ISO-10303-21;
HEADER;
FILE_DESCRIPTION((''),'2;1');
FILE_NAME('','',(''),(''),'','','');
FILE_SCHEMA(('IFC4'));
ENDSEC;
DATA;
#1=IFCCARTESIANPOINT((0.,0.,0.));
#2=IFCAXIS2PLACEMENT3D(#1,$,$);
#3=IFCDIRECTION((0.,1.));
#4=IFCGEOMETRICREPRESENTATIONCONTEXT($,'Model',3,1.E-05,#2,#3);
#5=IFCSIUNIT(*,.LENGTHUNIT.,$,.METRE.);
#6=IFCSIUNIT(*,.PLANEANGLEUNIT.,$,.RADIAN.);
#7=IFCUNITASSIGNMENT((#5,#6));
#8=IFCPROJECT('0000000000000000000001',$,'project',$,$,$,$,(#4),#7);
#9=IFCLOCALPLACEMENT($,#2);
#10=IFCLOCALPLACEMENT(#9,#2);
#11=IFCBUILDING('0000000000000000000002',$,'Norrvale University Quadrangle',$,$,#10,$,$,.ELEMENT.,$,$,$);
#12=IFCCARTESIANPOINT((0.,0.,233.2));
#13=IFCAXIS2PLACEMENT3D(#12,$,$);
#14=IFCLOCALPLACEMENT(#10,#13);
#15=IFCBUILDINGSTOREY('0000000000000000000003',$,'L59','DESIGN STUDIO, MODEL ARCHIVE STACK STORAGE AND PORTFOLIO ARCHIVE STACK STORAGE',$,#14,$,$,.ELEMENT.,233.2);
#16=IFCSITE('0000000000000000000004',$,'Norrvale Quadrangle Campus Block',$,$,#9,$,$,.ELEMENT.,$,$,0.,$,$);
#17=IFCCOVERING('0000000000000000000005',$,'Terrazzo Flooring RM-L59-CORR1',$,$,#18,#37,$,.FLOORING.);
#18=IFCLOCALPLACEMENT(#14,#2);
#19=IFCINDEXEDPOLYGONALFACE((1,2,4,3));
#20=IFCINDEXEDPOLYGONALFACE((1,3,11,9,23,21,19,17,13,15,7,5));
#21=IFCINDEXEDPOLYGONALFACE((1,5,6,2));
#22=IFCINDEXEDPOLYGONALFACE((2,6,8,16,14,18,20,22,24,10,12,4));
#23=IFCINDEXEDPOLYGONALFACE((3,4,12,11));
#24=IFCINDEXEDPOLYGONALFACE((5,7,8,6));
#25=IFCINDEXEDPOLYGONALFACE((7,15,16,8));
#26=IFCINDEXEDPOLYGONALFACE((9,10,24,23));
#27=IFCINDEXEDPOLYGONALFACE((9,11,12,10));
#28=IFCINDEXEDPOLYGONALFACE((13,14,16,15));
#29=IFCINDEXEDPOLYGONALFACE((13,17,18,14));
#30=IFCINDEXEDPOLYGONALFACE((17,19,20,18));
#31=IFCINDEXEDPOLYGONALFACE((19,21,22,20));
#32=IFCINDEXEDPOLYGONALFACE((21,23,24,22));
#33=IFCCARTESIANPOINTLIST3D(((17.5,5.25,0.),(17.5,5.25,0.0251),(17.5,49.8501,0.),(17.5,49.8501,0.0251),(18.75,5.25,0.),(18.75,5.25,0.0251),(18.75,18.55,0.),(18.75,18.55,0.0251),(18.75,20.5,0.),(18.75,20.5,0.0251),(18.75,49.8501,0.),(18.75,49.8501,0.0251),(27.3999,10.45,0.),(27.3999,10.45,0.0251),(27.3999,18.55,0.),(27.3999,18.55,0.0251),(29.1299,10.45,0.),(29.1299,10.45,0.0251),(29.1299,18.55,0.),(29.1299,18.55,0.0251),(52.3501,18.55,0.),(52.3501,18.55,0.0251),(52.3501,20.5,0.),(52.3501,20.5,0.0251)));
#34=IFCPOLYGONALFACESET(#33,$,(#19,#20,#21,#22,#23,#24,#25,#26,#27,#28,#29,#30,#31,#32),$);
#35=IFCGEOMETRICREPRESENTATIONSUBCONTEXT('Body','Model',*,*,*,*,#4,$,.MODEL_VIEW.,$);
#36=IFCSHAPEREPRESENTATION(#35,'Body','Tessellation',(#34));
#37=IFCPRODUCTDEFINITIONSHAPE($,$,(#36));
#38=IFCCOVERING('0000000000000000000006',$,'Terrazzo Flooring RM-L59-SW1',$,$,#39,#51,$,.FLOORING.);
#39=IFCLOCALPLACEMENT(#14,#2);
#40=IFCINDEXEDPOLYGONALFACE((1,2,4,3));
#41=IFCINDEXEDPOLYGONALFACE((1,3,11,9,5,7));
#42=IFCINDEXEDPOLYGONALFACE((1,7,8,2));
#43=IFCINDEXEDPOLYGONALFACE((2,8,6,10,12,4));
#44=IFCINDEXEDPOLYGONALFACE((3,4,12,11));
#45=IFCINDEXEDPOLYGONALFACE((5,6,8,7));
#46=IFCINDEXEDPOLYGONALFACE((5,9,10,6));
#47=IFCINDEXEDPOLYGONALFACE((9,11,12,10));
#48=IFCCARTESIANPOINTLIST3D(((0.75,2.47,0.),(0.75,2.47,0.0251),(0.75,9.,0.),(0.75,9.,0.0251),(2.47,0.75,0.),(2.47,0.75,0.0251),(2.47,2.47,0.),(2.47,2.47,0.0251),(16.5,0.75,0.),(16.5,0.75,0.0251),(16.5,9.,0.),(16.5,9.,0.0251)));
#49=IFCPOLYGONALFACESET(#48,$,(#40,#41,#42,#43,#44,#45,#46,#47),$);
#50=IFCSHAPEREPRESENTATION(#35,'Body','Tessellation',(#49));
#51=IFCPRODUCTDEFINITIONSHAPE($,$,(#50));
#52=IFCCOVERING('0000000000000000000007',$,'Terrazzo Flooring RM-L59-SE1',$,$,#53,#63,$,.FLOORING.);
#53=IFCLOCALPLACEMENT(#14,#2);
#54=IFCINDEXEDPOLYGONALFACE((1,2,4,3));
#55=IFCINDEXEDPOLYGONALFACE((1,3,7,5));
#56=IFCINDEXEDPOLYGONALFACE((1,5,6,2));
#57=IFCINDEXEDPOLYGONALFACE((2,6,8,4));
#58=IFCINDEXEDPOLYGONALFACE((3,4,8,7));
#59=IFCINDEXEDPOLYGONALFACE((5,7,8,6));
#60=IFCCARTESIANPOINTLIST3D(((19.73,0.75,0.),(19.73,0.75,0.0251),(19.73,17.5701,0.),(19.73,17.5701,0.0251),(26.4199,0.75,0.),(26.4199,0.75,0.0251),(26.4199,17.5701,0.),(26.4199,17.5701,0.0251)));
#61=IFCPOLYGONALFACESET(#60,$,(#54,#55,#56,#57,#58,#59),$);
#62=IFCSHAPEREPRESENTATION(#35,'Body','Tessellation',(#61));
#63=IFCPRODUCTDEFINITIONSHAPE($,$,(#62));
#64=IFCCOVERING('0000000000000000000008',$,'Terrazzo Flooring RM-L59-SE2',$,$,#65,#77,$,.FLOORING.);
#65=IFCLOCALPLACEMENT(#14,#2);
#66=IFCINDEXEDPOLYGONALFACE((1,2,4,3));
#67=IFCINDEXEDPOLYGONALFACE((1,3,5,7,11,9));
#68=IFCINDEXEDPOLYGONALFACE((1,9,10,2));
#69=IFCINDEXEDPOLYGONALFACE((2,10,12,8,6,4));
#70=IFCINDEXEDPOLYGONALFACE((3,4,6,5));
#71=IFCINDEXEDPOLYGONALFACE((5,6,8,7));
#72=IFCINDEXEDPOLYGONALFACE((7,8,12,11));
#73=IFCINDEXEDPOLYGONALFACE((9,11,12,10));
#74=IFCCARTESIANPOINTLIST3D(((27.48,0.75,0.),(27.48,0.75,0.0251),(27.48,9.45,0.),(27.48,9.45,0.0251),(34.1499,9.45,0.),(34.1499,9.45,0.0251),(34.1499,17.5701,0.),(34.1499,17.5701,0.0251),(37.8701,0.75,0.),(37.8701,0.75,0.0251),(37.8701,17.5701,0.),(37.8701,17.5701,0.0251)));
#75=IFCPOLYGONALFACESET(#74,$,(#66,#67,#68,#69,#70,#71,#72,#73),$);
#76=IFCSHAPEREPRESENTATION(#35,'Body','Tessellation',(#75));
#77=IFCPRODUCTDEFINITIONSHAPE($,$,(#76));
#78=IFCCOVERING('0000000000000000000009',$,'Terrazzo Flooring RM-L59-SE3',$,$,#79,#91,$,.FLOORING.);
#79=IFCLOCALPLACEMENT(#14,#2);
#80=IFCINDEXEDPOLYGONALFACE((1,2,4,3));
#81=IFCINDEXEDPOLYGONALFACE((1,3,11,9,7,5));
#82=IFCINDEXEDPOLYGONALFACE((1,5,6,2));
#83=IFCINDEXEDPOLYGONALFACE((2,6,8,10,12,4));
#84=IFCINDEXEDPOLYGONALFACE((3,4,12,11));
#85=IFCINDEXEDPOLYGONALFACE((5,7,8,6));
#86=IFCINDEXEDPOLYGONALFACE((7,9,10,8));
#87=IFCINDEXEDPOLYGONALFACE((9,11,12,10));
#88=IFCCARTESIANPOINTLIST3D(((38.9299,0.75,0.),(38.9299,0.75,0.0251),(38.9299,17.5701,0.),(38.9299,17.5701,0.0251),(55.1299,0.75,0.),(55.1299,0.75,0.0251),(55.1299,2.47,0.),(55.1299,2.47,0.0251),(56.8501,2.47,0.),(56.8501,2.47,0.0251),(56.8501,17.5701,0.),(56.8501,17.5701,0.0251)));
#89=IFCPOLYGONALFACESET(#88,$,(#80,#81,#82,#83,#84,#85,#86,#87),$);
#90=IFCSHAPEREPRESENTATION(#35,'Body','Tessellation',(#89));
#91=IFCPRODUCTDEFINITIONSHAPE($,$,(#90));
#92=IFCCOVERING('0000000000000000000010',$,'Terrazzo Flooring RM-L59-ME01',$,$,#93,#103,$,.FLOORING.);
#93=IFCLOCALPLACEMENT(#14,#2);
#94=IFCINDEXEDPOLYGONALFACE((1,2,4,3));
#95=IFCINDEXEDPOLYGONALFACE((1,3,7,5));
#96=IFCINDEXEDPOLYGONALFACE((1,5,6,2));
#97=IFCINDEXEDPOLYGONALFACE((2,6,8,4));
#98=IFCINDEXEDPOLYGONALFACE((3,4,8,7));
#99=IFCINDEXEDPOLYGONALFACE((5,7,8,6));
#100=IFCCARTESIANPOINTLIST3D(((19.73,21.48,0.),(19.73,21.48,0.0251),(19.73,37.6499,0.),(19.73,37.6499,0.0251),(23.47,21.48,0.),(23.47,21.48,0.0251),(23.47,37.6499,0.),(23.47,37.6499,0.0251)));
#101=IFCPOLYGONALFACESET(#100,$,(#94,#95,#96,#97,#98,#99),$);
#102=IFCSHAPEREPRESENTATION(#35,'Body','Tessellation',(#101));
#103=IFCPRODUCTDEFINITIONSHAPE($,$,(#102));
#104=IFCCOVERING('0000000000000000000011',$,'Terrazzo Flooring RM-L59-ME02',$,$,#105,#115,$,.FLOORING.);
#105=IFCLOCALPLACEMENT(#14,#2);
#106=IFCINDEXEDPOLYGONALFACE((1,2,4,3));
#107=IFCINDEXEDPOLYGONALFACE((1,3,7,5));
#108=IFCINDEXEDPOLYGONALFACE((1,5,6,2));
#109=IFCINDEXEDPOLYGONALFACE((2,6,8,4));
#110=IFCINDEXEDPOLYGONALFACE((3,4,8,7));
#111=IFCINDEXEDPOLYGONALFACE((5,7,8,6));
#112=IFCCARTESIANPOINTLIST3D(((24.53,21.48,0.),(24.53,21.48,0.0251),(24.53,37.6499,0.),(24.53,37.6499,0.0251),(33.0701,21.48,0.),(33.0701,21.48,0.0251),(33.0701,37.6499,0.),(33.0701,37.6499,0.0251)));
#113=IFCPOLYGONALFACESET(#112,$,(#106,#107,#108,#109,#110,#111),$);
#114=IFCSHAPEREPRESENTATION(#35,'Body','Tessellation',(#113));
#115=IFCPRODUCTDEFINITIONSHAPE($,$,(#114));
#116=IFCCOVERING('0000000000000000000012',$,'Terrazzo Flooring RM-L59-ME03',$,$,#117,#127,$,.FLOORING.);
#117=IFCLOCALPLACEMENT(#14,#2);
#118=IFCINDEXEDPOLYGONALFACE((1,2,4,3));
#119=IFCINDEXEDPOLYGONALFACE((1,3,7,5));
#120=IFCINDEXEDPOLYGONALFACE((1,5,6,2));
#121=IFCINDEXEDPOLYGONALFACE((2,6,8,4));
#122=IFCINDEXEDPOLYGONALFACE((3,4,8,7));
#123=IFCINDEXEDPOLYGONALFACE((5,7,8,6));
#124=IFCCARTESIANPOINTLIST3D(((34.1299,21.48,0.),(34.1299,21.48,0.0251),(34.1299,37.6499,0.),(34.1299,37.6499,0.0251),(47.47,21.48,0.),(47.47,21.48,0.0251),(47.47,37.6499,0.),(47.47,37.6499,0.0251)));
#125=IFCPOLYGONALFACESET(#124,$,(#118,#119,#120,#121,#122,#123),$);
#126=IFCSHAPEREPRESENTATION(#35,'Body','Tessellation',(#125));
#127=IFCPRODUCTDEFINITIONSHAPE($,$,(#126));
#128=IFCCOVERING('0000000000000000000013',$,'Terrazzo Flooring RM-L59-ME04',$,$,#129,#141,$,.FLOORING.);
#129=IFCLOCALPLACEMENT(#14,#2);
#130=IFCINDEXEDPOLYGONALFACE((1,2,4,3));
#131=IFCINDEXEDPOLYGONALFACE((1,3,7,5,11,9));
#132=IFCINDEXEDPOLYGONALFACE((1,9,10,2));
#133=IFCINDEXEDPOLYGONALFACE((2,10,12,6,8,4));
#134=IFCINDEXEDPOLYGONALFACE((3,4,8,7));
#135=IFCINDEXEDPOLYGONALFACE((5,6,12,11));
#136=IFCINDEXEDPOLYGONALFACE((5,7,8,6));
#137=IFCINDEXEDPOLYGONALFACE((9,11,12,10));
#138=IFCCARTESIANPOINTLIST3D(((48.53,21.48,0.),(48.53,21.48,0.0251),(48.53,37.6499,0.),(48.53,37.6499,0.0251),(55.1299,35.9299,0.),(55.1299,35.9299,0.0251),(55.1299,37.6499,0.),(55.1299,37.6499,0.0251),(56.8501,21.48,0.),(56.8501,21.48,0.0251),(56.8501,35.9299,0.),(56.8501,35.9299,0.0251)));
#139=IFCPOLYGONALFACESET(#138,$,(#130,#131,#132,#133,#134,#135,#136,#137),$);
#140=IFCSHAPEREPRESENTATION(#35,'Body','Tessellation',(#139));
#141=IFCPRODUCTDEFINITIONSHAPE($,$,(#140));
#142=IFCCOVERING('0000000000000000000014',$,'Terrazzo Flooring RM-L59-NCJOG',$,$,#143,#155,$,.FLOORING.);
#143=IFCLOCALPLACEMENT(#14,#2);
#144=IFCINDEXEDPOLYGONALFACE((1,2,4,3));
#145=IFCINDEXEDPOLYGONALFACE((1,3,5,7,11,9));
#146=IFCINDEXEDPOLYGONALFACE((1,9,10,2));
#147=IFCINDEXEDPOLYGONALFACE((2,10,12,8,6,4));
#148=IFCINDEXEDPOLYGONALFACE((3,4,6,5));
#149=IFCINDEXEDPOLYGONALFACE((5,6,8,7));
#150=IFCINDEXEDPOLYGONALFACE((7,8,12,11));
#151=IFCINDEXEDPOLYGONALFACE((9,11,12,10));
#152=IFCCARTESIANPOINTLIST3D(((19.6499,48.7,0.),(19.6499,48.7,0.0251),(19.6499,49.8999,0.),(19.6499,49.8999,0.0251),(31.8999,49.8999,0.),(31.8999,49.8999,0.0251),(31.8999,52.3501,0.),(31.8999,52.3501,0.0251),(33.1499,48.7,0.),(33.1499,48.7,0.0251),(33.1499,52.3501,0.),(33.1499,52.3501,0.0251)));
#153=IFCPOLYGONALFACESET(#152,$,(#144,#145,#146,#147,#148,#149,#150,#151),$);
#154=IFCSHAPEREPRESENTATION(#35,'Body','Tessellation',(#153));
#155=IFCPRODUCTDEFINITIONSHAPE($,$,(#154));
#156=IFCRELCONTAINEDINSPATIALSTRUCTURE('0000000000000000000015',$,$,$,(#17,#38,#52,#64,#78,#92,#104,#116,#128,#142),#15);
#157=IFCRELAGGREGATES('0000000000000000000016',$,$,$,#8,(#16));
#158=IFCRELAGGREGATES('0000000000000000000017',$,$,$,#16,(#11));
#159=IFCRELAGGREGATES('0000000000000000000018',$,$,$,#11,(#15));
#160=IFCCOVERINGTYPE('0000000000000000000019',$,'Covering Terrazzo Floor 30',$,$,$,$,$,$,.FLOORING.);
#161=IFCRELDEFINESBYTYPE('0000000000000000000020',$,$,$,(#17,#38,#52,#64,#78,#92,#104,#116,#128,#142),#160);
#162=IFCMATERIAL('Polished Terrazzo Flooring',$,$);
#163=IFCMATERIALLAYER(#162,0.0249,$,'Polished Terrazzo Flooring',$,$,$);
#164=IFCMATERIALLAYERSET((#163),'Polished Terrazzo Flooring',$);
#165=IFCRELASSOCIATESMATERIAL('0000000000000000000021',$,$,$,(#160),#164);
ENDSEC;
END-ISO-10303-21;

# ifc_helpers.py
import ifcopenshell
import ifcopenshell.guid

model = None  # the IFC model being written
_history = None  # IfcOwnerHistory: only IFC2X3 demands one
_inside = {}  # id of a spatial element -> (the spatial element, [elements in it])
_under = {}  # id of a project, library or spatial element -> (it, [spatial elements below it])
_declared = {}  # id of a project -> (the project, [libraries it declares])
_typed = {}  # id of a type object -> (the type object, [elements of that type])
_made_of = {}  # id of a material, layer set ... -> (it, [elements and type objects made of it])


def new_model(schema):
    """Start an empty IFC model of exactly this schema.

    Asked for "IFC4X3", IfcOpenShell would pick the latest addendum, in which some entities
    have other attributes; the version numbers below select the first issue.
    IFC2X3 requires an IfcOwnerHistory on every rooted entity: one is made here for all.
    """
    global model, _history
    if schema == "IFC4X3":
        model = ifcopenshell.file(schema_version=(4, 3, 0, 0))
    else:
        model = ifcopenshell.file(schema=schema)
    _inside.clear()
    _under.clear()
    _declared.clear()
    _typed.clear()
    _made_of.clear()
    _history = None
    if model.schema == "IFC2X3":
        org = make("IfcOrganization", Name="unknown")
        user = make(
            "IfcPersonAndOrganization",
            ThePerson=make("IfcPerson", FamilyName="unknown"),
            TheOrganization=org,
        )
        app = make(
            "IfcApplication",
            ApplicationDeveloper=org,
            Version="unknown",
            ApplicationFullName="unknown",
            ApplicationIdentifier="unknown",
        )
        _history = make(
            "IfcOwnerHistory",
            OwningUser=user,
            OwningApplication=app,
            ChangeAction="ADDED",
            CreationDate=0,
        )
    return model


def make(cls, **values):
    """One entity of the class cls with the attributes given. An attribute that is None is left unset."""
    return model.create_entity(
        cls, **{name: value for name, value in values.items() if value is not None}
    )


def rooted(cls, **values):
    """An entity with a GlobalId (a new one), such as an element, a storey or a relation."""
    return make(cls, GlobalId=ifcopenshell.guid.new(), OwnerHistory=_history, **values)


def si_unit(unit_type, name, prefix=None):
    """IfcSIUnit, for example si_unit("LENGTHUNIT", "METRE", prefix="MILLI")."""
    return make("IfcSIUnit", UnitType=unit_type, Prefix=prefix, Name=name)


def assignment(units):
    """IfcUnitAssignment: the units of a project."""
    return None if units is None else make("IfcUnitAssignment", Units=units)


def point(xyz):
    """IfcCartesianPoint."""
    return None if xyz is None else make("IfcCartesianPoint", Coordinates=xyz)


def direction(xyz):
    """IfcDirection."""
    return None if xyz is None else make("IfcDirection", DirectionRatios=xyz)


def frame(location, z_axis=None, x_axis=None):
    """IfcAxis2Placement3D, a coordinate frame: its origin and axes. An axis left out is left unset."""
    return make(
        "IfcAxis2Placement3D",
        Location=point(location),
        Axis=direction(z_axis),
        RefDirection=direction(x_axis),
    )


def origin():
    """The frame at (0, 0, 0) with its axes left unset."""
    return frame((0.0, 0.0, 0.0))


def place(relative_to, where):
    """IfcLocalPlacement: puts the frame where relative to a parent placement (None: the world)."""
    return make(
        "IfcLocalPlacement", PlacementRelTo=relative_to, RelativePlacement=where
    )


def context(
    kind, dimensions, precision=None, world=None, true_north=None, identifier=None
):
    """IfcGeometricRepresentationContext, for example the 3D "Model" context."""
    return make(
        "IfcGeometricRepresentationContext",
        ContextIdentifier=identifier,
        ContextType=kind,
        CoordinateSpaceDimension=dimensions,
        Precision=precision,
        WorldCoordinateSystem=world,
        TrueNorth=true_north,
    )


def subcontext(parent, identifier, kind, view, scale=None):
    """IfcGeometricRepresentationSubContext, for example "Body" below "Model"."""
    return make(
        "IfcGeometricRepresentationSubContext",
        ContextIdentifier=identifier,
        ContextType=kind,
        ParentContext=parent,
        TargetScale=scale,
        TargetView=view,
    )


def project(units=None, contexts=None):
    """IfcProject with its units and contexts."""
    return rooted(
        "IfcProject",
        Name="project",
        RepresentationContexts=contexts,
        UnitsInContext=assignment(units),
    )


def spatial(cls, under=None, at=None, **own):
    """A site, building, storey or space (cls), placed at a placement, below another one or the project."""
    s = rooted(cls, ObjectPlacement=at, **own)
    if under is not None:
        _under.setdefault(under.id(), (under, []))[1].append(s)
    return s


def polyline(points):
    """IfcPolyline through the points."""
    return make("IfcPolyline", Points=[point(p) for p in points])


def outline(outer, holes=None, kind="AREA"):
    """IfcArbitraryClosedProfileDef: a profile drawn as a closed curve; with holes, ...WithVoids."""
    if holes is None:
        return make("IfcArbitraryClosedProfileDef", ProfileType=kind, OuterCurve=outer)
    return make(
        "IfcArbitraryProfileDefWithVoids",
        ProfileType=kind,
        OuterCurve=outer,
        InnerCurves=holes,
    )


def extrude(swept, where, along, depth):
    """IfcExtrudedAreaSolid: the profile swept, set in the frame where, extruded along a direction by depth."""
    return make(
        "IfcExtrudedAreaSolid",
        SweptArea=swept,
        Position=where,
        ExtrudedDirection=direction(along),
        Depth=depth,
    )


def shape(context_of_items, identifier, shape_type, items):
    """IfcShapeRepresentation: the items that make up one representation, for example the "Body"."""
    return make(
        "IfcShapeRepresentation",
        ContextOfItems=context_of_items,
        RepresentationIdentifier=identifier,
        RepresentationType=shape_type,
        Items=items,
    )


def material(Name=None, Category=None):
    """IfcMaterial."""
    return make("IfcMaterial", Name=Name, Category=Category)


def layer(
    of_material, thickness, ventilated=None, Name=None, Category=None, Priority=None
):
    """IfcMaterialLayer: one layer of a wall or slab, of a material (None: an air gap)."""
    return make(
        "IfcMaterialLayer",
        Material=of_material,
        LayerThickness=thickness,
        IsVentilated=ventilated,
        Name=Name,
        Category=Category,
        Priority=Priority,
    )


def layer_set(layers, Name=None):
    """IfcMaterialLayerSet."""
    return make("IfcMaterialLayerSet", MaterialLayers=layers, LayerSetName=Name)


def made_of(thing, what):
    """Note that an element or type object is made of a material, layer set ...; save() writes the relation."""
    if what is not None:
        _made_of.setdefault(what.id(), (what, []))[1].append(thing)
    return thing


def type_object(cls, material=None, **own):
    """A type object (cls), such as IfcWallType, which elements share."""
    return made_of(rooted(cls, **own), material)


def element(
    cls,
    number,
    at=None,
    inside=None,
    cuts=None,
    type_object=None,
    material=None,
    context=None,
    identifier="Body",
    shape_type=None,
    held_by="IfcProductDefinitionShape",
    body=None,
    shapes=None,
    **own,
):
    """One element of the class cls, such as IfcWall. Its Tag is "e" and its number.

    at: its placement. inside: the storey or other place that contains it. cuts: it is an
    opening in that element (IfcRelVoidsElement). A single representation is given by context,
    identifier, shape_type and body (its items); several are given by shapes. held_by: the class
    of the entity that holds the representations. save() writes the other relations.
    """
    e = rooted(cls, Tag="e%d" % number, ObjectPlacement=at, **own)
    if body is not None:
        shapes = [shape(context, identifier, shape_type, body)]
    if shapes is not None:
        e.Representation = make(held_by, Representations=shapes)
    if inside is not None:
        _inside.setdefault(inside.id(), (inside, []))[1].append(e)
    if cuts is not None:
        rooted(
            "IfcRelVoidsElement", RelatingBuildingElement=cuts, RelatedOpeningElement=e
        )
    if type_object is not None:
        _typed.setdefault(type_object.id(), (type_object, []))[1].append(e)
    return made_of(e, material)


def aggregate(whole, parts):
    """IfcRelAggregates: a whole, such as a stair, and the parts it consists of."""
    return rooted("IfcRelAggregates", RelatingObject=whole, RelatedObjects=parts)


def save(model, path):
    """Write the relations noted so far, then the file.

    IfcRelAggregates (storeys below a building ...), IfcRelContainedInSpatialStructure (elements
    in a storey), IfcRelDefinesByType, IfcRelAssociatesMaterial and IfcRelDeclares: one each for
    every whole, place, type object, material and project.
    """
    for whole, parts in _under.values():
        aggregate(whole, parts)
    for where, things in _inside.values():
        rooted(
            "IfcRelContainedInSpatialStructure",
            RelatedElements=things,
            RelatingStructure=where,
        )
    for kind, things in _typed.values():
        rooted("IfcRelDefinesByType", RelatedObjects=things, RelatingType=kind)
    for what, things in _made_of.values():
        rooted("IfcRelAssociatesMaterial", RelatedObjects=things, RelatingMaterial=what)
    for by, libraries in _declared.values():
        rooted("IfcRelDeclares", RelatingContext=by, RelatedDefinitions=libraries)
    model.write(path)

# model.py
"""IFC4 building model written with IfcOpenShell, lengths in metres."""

from ifc_helpers import new_model, si_unit, direction, frame, origin, place, context, subcontext, project, spatial, polyline, outline, extrude, material, layer, layer_set, type_object, element, save


model = new_model("IFC4")

# Units and contexts
model_context = context("Model", 3, precision=1e-05, world=origin(), true_north=direction((0.0, 1.0)))
body_context = subcontext(model_context, "Body", "Model", "MODEL_VIEW")
ifc_project = project(units=[si_unit("LENGTHUNIT", "METRE"), si_unit("PLANEANGLEUNIT", "RADIAN")], contexts=[model_context])

# Site, building, storey
site_placement = place(None, origin())
site = spatial("IfcSite", under=ifc_project, at=site_placement, Name="Norrvale Quadrangle Campus Block", CompositionType="ELEMENT", RefElevation=0.0)
building_placement = place(site_placement, origin())
building = spatial("IfcBuilding", under=site, at=building_placement, Name="Norrvale University Quadrangle", CompositionType="ELEMENT")
storey_placement = place(building_placement, frame((0.0, 0.0, 233.2)))
storey = spatial("IfcBuildingStorey", under=building, at=storey_placement, Name="L59", Description="DESIGN STUDIO, MODEL ARCHIVE STACK STORAGE AND PORTFOLIO ARCHIVE STACK STORAGE", CompositionType="ELEMENT", Elevation=233.2)

# Coverings
ifc_material_1 = material(Name="Polished Terrazzo Flooring")
ifc_layer_1 = layer(ifc_material_1, 0.0249, Name="Polished Terrazzo Flooring")
ifc_layer_set_1 = layer_set([ifc_layer_1], Name="Polished Terrazzo Flooring")
covering_type_1 = type_object("IfcCoveringType", Name="Covering Terrazzo Floor 30", PredefinedType="FLOORING", material=ifc_layer_set_1)
covering_1_placement = place(storey_placement, origin())
element("IfcCovering", 1, at=covering_1_placement, inside=storey, type_object=covering_type_1, Name="Terrazzo Flooring RM-L59-CORR1", PredefinedType="FLOORING", context=body_context, shape_type="SweptSolid", body=[
    extrude(outline(polyline([(17.5, 5.25), (17.5, 49.8501), (18.75, 49.8501), (18.75, 20.5), (52.3501, 20.5), (52.3501, 18.55), (29.1299, 18.55), (29.1299, 10.45), (27.3999, 10.45), (27.3999, 18.55), (18.75, 18.55), (18.75, 5.25), (17.5, 5.25)])), origin(), (0.0, 0.0, 1.0), 0.0251),
])
covering_2_placement = place(storey_placement, origin())
element("IfcCovering", 2, at=covering_2_placement, inside=storey, type_object=covering_type_1, Name="Terrazzo Flooring RM-L59-SW1", PredefinedType="FLOORING", context=body_context, shape_type="SweptSolid", body=[
    extrude(outline(polyline([(0.75, 9.0), (16.5, 9.0), (16.5, 0.75), (2.47, 0.75), (2.47, 2.47), (0.75, 2.47), (0.75, 9.0)])), origin(), (0.0, 0.0, 1.0), 0.0251),
])
covering_3_placement = place(storey_placement, origin())
element("IfcCovering", 3, at=covering_3_placement, inside=storey, type_object=covering_type_1, Name="Terrazzo Flooring RM-L59-SE1", PredefinedType="FLOORING", context=body_context, shape_type="SweptSolid", body=[
    extrude(outline(polyline([(19.73, 17.5701), (26.4199, 17.5701), (26.4199, 0.75), (19.73, 0.75), (19.73, 17.5701)])), origin(), (0.0, 0.0, 1.0), 0.0251),
])
covering_4_placement = place(storey_placement, origin())
element("IfcCovering", 4, at=covering_4_placement, inside=storey, type_object=covering_type_1, Name="Terrazzo Flooring RM-L59-SE2", PredefinedType="FLOORING", context=body_context, shape_type="SweptSolid", body=[
    extrude(outline(polyline([(27.48, 9.45), (34.1499, 9.45), (34.1499, 17.5701), (37.8701, 17.5701), (37.8701, 0.75), (27.48, 0.75), (27.48, 9.45)])), origin(), (0.0, 0.0, 1.0), 0.0251),
])
covering_5_placement = place(storey_placement, origin())
element("IfcCovering", 5, at=covering_5_placement, inside=storey, type_object=covering_type_1, Name="Terrazzo Flooring RM-L59-SE3", PredefinedType="FLOORING", context=body_context, shape_type="SweptSolid", body=[
    extrude(outline(polyline([(38.9299, 0.75), (38.9299, 17.5701), (56.8501, 17.5701), (56.8501, 2.47), (55.1299, 2.47), (55.1299, 0.75), (38.9299, 0.75)])), origin(), (0.0, 0.0, 1.0), 0.0251),
])
covering_6_placement = place(storey_placement, origin())
element("IfcCovering", 6, at=covering_6_placement, inside=storey, type_object=covering_type_1, Name="Terrazzo Flooring RM-L59-ME01", PredefinedType="FLOORING", context=body_context, shape_type="SweptSolid", body=[
    extrude(outline(polyline([(19.73, 37.6499), (23.47, 37.6499), (23.47, 21.48), (19.73, 21.48), (19.73, 37.6499)])), origin(), (0.0, 0.0, 1.0), 0.0251),
])
covering_7_placement = place(storey_placement, origin())
element("IfcCovering", 7, at=covering_7_placement, inside=storey, type_object=covering_type_1, Name="Terrazzo Flooring RM-L59-ME02", PredefinedType="FLOORING", context=body_context, shape_type="SweptSolid", body=[
    extrude(outline(polyline([(24.53, 37.6499), (33.0701, 37.6499), (33.0701, 21.48), (24.53, 21.48), (24.53, 37.6499)])), origin(), (0.0, 0.0, 1.0), 0.0251),
])
covering_8_placement = place(storey_placement, origin())
element("IfcCovering", 8, at=covering_8_placement, inside=storey, type_object=covering_type_1, Name="Terrazzo Flooring RM-L59-ME03", PredefinedType="FLOORING", context=body_context, shape_type="SweptSolid", body=[
    extrude(outline(polyline([(34.1299, 37.6499), (47.47, 37.6499), (47.47, 21.48), (34.1299, 21.48), (34.1299, 37.6499)])), origin(), (0.0, 0.0, 1.0), 0.0251),
])
covering_9_placement = place(storey_placement, origin())
element("IfcCovering", 9, at=covering_9_placement, inside=storey, type_object=covering_type_1, Name="Terrazzo Flooring RM-L59-ME04", PredefinedType="FLOORING", context=body_context, shape_type="SweptSolid", body=[
    extrude(outline(polyline([(56.8501, 21.48), (48.53, 21.48), (48.53, 37.6499), (55.1299, 37.6499), (55.1299, 35.9299), (56.8501, 35.9299), (56.8501, 21.48)])), origin(), (0.0, 0.0, 1.0), 0.0251),
])
covering_10_placement = place(storey_placement, origin())
element("IfcCovering", 10, at=covering_10_placement, inside=storey, type_object=covering_type_1, Name="Terrazzo Flooring RM-L59-NCJOG", PredefinedType="FLOORING", context=body_context, shape_type="SweptSolid", body=[
    extrude(outline(polyline([(19.6499, 48.7), (19.6499, 49.8999), (31.8999, 49.8999), (31.8999, 52.3501), (33.1499, 52.3501), (33.1499, 48.7), (19.6499, 48.7)])), origin(), (0.0, 0.0, 1.0), 0.0251),
])

save(model, "model.ifc")
